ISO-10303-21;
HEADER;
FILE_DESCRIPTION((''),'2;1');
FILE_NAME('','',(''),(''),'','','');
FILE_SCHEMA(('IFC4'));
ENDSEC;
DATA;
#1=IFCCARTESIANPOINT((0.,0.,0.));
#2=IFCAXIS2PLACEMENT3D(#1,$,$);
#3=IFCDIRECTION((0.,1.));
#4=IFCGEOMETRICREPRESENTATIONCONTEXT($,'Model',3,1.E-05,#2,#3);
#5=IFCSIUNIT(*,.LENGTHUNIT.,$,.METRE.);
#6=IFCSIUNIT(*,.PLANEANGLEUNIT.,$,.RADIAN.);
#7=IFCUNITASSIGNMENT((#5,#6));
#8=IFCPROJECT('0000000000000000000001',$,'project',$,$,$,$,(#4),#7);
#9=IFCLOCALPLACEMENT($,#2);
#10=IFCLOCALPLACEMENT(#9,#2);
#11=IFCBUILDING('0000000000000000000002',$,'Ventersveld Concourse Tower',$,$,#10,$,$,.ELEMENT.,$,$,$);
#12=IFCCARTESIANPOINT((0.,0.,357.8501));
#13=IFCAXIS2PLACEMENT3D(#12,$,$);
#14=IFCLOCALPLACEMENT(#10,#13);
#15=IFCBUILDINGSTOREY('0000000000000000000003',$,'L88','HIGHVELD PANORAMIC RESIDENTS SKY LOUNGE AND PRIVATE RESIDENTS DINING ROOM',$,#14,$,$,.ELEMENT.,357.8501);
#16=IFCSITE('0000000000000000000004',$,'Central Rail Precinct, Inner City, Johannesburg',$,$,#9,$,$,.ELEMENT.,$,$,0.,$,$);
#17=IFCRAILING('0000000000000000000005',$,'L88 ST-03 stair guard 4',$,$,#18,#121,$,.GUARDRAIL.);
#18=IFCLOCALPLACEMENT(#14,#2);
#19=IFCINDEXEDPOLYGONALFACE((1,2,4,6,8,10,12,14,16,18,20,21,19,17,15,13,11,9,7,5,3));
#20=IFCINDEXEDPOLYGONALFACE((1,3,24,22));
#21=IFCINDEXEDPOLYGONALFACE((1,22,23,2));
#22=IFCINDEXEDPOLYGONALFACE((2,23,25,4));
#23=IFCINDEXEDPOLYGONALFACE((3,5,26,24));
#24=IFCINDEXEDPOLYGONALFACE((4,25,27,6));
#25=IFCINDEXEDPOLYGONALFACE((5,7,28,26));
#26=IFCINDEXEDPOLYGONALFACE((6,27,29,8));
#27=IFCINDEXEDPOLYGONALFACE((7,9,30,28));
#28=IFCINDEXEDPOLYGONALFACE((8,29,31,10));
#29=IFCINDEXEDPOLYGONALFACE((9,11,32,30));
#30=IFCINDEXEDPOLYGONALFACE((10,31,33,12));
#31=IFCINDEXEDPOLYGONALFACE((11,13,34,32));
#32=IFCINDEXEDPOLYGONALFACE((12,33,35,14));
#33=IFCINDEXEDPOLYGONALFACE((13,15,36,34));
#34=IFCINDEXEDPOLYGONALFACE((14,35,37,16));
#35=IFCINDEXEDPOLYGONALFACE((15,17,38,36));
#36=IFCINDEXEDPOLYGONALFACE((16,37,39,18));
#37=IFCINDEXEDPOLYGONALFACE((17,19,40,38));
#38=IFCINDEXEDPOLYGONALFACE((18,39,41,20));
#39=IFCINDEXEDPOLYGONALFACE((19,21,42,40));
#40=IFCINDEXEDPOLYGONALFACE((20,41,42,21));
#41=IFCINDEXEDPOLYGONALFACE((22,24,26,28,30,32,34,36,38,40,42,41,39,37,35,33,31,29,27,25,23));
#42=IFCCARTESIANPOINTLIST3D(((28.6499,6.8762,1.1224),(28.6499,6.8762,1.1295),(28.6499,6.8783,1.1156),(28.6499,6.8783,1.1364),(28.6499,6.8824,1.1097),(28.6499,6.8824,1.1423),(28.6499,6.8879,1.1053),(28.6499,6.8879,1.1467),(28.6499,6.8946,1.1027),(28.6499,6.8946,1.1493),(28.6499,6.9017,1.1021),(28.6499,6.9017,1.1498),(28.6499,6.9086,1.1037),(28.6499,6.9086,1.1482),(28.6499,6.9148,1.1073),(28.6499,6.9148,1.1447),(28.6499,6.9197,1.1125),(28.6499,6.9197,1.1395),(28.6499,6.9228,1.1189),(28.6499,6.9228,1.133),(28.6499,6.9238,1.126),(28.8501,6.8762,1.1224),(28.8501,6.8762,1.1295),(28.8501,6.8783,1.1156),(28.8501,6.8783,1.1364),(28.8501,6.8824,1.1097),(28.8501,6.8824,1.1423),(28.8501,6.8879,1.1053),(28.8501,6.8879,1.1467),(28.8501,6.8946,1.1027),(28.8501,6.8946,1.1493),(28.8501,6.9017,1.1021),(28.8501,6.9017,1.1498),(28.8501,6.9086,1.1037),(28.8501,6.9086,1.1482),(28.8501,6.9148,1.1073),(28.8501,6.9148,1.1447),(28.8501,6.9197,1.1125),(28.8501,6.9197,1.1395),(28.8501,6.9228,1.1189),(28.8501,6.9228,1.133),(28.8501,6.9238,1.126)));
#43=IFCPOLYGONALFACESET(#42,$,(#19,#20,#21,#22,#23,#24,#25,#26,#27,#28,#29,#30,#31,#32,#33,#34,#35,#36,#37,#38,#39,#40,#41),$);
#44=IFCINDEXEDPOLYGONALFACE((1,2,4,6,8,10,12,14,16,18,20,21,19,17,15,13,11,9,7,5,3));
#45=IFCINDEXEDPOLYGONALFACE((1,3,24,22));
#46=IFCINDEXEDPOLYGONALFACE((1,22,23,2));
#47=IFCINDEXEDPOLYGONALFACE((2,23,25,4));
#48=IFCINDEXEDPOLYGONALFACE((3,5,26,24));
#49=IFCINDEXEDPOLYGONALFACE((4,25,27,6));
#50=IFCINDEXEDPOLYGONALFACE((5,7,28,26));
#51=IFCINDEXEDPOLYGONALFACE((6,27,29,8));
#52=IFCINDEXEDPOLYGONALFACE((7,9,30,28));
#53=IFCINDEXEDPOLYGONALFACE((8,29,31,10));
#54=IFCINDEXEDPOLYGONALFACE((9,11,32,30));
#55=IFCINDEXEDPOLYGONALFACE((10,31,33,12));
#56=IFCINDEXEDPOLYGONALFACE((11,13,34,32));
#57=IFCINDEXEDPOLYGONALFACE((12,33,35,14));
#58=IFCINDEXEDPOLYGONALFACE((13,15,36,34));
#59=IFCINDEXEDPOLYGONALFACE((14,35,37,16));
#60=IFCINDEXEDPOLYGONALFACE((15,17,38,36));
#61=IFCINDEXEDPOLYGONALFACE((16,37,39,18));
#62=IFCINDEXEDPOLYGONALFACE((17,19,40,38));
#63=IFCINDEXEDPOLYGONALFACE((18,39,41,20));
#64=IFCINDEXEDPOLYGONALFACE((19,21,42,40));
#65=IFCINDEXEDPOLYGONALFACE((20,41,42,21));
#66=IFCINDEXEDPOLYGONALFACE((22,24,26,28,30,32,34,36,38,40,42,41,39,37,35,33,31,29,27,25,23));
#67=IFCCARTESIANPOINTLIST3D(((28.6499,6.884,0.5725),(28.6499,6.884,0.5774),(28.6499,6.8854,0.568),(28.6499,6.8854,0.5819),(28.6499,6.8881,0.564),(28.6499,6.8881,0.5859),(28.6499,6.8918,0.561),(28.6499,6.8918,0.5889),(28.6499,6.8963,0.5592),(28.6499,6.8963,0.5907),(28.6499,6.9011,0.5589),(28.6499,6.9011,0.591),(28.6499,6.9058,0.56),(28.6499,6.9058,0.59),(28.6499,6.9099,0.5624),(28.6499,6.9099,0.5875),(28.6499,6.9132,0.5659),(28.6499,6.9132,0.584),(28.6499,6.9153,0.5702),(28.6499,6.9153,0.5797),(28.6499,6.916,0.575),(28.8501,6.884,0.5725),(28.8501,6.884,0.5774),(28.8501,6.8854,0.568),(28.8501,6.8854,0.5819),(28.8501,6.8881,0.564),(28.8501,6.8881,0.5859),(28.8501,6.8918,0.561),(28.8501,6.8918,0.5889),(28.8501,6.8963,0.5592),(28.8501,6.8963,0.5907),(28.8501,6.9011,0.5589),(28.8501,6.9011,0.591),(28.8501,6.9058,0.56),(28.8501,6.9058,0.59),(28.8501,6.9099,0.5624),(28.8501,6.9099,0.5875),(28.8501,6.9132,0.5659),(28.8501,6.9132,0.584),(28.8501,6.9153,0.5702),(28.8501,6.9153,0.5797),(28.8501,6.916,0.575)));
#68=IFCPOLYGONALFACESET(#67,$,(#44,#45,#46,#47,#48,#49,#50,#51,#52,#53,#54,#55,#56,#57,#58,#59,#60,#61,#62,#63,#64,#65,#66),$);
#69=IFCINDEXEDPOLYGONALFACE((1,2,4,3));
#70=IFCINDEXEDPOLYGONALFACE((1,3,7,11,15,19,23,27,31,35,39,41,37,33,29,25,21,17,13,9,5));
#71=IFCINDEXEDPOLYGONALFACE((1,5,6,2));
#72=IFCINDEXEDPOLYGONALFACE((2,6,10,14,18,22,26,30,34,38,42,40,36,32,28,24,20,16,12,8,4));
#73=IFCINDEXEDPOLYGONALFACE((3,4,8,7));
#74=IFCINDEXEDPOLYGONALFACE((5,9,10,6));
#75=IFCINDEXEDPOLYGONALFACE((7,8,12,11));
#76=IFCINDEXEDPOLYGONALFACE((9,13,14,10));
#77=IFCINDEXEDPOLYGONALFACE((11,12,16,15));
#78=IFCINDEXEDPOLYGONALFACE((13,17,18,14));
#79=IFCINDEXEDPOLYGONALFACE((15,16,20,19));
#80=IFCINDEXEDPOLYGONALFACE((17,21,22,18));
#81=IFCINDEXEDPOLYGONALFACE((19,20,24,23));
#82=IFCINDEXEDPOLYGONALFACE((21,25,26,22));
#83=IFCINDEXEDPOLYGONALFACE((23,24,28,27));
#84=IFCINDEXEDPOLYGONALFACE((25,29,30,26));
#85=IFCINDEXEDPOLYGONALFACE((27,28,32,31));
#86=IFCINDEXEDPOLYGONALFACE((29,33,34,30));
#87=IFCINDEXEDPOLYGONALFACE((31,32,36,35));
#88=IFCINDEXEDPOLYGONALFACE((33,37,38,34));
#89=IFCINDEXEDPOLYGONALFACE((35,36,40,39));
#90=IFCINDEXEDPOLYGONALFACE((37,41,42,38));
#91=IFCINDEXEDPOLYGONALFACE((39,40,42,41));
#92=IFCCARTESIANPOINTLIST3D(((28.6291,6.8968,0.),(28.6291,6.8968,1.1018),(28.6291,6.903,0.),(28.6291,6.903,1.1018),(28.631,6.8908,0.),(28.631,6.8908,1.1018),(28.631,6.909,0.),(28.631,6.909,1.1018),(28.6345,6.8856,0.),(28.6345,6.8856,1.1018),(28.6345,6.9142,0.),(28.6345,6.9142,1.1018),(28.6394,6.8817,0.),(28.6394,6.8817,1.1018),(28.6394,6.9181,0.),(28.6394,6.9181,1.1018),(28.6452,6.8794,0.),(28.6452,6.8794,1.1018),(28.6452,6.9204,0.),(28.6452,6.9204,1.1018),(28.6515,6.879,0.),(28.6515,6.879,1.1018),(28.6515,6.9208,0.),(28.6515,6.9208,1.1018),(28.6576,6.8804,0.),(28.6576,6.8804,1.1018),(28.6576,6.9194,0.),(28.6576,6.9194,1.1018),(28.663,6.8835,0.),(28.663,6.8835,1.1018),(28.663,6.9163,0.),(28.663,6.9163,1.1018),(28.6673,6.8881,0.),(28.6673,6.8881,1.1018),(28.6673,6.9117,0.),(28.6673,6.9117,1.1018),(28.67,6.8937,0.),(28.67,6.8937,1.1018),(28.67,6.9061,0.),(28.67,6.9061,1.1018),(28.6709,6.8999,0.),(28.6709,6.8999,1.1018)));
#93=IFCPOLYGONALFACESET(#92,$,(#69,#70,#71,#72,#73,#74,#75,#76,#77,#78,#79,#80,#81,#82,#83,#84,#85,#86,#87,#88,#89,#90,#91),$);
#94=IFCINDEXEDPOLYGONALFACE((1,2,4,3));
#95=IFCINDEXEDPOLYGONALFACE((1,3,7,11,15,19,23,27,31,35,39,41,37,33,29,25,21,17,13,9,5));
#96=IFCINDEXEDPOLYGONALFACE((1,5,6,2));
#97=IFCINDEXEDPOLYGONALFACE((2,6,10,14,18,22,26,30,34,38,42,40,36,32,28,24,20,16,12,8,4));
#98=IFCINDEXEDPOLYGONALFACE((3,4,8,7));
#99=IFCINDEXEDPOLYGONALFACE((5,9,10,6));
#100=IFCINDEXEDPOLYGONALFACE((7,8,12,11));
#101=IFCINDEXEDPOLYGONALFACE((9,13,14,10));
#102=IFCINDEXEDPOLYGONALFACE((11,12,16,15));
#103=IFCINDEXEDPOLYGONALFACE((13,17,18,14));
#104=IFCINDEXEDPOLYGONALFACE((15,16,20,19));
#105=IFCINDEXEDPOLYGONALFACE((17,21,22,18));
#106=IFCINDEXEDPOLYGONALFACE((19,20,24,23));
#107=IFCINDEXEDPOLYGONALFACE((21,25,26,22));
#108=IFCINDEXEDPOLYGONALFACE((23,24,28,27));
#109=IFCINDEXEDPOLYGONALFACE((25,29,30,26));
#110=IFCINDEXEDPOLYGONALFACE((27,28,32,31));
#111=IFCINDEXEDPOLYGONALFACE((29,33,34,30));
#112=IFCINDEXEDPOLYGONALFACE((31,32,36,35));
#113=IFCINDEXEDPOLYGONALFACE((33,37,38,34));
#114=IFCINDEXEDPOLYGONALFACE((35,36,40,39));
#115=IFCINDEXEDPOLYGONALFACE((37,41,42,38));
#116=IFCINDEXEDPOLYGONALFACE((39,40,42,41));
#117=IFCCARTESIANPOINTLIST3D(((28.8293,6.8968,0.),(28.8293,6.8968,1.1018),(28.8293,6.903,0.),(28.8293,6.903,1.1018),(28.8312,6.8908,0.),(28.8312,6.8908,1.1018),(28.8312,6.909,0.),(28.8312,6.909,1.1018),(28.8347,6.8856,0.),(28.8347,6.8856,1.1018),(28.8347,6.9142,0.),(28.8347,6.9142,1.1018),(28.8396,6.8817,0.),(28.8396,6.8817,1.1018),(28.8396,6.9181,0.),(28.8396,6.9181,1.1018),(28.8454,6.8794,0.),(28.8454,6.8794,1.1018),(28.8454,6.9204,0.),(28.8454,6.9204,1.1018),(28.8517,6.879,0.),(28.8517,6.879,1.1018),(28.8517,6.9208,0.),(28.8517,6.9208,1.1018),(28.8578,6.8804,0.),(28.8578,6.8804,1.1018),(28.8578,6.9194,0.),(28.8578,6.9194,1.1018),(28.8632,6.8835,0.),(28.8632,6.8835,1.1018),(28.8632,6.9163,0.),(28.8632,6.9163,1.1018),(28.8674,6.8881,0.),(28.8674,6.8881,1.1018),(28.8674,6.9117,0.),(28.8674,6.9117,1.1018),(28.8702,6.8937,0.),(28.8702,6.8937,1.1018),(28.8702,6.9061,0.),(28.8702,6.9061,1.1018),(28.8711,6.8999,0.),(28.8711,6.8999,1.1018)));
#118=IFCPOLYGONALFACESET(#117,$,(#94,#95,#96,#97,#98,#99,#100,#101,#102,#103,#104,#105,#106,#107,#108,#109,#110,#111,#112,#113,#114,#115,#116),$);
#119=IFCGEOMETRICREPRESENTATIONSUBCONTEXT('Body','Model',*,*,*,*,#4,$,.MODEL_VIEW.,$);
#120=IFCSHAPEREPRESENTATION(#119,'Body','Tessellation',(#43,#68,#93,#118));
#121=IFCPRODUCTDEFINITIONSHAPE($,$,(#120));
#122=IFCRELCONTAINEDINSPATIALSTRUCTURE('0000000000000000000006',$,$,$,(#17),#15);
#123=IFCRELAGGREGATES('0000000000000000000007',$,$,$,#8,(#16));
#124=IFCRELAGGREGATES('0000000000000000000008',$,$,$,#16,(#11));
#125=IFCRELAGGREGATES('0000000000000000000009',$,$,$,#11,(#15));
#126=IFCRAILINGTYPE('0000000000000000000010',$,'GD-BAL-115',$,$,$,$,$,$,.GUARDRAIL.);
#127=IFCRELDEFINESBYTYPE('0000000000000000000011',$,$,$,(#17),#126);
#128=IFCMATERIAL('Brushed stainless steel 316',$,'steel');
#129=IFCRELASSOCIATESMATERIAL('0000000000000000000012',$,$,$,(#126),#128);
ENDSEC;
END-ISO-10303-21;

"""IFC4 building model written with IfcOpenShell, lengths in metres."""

from ifc_helpers import new_model, si_unit, direction, frame, origin, origin_2d, place, context, subcontext, project, spatial, circle, extrude, material, type_object, element, save


model = new_model("IFC4")

# Units and contexts
model_context = context("Model", 3, precision=1e-05, world=origin(), true_north=direction((0.0, 1.0)))
body_context = subcontext(model_context, "Body", "Model", "MODEL_VIEW")
ifc_project = project(units=[si_unit("LENGTHUNIT", "METRE"), si_unit("PLANEANGLEUNIT", "RADIAN")], contexts=[model_context])

# Site, building, storey
site_placement = place(None, origin())
site = spatial("IfcSite", under=ifc_project, at=site_placement, Name="Central Rail Precinct, Inner City, Johannesburg", CompositionType="ELEMENT", RefElevation=0.0)
building_placement = place(site_placement, origin())
building = spatial("IfcBuilding", under=site, at=building_placement, Name="Ventersveld Concourse Tower", CompositionType="ELEMENT")
storey_placement = place(building_placement, frame((0.0, 0.0, 357.8501)))
storey = spatial("IfcBuildingStorey", under=building, at=storey_placement, Name="L88", Description="HIGHVELD PANORAMIC RESIDENTS SKY LOUNGE AND PRIVATE RESIDENTS DINING ROOM", CompositionType="ELEMENT", Elevation=357.8501)

# Shared definitions
ifc_material_1 = material(Name="Brushed stainless steel 316", Category="steel")

# Railing
railing_type_1 = type_object("IfcRailingType", Name="GD-BAL-115", PredefinedType="GUARDRAIL", material=ifc_material_1)
railing_1_placement = place(storey_placement, frame((28.6499, 6.8999, 0.0)))
element("IfcRailing", 1, at=railing_1_placement, inside=storey, type_object=railing_type_1, Name="L88 ST-03 stair guard 4", PredefinedType="GUARDRAIL", context=body_context, shape_type="SweptSolid", body=[
    extrude(circle(Radius=0.0239, at=origin_2d()), frame((0.0, 0.0, 1.126), z_axis=(1.0, 0.0, 0.0), x_axis=(0.0, 1.0, 0.0)), (0.0, 0.0, 1.0), 0.2002),
    extrude(circle(Radius=0.0161, at=origin_2d()), frame((0.0, 0.0, 0.575), z_axis=(1.0, 0.0, 0.0), x_axis=(0.0, 1.0, 0.0)), (0.0, 0.0, 1.0), 0.2002),
    extrude(circle(Radius=0.021, at=origin_2d()), origin(), (0.0, 0.0, 1.0), 1.1018),
    extrude(circle(Radius=0.021, at=origin_2d()), frame((0.2002, 0.0, 0.0)), (0.0, 0.0, 1.0), 1.1018),
])

save(model, "model.ifc")
